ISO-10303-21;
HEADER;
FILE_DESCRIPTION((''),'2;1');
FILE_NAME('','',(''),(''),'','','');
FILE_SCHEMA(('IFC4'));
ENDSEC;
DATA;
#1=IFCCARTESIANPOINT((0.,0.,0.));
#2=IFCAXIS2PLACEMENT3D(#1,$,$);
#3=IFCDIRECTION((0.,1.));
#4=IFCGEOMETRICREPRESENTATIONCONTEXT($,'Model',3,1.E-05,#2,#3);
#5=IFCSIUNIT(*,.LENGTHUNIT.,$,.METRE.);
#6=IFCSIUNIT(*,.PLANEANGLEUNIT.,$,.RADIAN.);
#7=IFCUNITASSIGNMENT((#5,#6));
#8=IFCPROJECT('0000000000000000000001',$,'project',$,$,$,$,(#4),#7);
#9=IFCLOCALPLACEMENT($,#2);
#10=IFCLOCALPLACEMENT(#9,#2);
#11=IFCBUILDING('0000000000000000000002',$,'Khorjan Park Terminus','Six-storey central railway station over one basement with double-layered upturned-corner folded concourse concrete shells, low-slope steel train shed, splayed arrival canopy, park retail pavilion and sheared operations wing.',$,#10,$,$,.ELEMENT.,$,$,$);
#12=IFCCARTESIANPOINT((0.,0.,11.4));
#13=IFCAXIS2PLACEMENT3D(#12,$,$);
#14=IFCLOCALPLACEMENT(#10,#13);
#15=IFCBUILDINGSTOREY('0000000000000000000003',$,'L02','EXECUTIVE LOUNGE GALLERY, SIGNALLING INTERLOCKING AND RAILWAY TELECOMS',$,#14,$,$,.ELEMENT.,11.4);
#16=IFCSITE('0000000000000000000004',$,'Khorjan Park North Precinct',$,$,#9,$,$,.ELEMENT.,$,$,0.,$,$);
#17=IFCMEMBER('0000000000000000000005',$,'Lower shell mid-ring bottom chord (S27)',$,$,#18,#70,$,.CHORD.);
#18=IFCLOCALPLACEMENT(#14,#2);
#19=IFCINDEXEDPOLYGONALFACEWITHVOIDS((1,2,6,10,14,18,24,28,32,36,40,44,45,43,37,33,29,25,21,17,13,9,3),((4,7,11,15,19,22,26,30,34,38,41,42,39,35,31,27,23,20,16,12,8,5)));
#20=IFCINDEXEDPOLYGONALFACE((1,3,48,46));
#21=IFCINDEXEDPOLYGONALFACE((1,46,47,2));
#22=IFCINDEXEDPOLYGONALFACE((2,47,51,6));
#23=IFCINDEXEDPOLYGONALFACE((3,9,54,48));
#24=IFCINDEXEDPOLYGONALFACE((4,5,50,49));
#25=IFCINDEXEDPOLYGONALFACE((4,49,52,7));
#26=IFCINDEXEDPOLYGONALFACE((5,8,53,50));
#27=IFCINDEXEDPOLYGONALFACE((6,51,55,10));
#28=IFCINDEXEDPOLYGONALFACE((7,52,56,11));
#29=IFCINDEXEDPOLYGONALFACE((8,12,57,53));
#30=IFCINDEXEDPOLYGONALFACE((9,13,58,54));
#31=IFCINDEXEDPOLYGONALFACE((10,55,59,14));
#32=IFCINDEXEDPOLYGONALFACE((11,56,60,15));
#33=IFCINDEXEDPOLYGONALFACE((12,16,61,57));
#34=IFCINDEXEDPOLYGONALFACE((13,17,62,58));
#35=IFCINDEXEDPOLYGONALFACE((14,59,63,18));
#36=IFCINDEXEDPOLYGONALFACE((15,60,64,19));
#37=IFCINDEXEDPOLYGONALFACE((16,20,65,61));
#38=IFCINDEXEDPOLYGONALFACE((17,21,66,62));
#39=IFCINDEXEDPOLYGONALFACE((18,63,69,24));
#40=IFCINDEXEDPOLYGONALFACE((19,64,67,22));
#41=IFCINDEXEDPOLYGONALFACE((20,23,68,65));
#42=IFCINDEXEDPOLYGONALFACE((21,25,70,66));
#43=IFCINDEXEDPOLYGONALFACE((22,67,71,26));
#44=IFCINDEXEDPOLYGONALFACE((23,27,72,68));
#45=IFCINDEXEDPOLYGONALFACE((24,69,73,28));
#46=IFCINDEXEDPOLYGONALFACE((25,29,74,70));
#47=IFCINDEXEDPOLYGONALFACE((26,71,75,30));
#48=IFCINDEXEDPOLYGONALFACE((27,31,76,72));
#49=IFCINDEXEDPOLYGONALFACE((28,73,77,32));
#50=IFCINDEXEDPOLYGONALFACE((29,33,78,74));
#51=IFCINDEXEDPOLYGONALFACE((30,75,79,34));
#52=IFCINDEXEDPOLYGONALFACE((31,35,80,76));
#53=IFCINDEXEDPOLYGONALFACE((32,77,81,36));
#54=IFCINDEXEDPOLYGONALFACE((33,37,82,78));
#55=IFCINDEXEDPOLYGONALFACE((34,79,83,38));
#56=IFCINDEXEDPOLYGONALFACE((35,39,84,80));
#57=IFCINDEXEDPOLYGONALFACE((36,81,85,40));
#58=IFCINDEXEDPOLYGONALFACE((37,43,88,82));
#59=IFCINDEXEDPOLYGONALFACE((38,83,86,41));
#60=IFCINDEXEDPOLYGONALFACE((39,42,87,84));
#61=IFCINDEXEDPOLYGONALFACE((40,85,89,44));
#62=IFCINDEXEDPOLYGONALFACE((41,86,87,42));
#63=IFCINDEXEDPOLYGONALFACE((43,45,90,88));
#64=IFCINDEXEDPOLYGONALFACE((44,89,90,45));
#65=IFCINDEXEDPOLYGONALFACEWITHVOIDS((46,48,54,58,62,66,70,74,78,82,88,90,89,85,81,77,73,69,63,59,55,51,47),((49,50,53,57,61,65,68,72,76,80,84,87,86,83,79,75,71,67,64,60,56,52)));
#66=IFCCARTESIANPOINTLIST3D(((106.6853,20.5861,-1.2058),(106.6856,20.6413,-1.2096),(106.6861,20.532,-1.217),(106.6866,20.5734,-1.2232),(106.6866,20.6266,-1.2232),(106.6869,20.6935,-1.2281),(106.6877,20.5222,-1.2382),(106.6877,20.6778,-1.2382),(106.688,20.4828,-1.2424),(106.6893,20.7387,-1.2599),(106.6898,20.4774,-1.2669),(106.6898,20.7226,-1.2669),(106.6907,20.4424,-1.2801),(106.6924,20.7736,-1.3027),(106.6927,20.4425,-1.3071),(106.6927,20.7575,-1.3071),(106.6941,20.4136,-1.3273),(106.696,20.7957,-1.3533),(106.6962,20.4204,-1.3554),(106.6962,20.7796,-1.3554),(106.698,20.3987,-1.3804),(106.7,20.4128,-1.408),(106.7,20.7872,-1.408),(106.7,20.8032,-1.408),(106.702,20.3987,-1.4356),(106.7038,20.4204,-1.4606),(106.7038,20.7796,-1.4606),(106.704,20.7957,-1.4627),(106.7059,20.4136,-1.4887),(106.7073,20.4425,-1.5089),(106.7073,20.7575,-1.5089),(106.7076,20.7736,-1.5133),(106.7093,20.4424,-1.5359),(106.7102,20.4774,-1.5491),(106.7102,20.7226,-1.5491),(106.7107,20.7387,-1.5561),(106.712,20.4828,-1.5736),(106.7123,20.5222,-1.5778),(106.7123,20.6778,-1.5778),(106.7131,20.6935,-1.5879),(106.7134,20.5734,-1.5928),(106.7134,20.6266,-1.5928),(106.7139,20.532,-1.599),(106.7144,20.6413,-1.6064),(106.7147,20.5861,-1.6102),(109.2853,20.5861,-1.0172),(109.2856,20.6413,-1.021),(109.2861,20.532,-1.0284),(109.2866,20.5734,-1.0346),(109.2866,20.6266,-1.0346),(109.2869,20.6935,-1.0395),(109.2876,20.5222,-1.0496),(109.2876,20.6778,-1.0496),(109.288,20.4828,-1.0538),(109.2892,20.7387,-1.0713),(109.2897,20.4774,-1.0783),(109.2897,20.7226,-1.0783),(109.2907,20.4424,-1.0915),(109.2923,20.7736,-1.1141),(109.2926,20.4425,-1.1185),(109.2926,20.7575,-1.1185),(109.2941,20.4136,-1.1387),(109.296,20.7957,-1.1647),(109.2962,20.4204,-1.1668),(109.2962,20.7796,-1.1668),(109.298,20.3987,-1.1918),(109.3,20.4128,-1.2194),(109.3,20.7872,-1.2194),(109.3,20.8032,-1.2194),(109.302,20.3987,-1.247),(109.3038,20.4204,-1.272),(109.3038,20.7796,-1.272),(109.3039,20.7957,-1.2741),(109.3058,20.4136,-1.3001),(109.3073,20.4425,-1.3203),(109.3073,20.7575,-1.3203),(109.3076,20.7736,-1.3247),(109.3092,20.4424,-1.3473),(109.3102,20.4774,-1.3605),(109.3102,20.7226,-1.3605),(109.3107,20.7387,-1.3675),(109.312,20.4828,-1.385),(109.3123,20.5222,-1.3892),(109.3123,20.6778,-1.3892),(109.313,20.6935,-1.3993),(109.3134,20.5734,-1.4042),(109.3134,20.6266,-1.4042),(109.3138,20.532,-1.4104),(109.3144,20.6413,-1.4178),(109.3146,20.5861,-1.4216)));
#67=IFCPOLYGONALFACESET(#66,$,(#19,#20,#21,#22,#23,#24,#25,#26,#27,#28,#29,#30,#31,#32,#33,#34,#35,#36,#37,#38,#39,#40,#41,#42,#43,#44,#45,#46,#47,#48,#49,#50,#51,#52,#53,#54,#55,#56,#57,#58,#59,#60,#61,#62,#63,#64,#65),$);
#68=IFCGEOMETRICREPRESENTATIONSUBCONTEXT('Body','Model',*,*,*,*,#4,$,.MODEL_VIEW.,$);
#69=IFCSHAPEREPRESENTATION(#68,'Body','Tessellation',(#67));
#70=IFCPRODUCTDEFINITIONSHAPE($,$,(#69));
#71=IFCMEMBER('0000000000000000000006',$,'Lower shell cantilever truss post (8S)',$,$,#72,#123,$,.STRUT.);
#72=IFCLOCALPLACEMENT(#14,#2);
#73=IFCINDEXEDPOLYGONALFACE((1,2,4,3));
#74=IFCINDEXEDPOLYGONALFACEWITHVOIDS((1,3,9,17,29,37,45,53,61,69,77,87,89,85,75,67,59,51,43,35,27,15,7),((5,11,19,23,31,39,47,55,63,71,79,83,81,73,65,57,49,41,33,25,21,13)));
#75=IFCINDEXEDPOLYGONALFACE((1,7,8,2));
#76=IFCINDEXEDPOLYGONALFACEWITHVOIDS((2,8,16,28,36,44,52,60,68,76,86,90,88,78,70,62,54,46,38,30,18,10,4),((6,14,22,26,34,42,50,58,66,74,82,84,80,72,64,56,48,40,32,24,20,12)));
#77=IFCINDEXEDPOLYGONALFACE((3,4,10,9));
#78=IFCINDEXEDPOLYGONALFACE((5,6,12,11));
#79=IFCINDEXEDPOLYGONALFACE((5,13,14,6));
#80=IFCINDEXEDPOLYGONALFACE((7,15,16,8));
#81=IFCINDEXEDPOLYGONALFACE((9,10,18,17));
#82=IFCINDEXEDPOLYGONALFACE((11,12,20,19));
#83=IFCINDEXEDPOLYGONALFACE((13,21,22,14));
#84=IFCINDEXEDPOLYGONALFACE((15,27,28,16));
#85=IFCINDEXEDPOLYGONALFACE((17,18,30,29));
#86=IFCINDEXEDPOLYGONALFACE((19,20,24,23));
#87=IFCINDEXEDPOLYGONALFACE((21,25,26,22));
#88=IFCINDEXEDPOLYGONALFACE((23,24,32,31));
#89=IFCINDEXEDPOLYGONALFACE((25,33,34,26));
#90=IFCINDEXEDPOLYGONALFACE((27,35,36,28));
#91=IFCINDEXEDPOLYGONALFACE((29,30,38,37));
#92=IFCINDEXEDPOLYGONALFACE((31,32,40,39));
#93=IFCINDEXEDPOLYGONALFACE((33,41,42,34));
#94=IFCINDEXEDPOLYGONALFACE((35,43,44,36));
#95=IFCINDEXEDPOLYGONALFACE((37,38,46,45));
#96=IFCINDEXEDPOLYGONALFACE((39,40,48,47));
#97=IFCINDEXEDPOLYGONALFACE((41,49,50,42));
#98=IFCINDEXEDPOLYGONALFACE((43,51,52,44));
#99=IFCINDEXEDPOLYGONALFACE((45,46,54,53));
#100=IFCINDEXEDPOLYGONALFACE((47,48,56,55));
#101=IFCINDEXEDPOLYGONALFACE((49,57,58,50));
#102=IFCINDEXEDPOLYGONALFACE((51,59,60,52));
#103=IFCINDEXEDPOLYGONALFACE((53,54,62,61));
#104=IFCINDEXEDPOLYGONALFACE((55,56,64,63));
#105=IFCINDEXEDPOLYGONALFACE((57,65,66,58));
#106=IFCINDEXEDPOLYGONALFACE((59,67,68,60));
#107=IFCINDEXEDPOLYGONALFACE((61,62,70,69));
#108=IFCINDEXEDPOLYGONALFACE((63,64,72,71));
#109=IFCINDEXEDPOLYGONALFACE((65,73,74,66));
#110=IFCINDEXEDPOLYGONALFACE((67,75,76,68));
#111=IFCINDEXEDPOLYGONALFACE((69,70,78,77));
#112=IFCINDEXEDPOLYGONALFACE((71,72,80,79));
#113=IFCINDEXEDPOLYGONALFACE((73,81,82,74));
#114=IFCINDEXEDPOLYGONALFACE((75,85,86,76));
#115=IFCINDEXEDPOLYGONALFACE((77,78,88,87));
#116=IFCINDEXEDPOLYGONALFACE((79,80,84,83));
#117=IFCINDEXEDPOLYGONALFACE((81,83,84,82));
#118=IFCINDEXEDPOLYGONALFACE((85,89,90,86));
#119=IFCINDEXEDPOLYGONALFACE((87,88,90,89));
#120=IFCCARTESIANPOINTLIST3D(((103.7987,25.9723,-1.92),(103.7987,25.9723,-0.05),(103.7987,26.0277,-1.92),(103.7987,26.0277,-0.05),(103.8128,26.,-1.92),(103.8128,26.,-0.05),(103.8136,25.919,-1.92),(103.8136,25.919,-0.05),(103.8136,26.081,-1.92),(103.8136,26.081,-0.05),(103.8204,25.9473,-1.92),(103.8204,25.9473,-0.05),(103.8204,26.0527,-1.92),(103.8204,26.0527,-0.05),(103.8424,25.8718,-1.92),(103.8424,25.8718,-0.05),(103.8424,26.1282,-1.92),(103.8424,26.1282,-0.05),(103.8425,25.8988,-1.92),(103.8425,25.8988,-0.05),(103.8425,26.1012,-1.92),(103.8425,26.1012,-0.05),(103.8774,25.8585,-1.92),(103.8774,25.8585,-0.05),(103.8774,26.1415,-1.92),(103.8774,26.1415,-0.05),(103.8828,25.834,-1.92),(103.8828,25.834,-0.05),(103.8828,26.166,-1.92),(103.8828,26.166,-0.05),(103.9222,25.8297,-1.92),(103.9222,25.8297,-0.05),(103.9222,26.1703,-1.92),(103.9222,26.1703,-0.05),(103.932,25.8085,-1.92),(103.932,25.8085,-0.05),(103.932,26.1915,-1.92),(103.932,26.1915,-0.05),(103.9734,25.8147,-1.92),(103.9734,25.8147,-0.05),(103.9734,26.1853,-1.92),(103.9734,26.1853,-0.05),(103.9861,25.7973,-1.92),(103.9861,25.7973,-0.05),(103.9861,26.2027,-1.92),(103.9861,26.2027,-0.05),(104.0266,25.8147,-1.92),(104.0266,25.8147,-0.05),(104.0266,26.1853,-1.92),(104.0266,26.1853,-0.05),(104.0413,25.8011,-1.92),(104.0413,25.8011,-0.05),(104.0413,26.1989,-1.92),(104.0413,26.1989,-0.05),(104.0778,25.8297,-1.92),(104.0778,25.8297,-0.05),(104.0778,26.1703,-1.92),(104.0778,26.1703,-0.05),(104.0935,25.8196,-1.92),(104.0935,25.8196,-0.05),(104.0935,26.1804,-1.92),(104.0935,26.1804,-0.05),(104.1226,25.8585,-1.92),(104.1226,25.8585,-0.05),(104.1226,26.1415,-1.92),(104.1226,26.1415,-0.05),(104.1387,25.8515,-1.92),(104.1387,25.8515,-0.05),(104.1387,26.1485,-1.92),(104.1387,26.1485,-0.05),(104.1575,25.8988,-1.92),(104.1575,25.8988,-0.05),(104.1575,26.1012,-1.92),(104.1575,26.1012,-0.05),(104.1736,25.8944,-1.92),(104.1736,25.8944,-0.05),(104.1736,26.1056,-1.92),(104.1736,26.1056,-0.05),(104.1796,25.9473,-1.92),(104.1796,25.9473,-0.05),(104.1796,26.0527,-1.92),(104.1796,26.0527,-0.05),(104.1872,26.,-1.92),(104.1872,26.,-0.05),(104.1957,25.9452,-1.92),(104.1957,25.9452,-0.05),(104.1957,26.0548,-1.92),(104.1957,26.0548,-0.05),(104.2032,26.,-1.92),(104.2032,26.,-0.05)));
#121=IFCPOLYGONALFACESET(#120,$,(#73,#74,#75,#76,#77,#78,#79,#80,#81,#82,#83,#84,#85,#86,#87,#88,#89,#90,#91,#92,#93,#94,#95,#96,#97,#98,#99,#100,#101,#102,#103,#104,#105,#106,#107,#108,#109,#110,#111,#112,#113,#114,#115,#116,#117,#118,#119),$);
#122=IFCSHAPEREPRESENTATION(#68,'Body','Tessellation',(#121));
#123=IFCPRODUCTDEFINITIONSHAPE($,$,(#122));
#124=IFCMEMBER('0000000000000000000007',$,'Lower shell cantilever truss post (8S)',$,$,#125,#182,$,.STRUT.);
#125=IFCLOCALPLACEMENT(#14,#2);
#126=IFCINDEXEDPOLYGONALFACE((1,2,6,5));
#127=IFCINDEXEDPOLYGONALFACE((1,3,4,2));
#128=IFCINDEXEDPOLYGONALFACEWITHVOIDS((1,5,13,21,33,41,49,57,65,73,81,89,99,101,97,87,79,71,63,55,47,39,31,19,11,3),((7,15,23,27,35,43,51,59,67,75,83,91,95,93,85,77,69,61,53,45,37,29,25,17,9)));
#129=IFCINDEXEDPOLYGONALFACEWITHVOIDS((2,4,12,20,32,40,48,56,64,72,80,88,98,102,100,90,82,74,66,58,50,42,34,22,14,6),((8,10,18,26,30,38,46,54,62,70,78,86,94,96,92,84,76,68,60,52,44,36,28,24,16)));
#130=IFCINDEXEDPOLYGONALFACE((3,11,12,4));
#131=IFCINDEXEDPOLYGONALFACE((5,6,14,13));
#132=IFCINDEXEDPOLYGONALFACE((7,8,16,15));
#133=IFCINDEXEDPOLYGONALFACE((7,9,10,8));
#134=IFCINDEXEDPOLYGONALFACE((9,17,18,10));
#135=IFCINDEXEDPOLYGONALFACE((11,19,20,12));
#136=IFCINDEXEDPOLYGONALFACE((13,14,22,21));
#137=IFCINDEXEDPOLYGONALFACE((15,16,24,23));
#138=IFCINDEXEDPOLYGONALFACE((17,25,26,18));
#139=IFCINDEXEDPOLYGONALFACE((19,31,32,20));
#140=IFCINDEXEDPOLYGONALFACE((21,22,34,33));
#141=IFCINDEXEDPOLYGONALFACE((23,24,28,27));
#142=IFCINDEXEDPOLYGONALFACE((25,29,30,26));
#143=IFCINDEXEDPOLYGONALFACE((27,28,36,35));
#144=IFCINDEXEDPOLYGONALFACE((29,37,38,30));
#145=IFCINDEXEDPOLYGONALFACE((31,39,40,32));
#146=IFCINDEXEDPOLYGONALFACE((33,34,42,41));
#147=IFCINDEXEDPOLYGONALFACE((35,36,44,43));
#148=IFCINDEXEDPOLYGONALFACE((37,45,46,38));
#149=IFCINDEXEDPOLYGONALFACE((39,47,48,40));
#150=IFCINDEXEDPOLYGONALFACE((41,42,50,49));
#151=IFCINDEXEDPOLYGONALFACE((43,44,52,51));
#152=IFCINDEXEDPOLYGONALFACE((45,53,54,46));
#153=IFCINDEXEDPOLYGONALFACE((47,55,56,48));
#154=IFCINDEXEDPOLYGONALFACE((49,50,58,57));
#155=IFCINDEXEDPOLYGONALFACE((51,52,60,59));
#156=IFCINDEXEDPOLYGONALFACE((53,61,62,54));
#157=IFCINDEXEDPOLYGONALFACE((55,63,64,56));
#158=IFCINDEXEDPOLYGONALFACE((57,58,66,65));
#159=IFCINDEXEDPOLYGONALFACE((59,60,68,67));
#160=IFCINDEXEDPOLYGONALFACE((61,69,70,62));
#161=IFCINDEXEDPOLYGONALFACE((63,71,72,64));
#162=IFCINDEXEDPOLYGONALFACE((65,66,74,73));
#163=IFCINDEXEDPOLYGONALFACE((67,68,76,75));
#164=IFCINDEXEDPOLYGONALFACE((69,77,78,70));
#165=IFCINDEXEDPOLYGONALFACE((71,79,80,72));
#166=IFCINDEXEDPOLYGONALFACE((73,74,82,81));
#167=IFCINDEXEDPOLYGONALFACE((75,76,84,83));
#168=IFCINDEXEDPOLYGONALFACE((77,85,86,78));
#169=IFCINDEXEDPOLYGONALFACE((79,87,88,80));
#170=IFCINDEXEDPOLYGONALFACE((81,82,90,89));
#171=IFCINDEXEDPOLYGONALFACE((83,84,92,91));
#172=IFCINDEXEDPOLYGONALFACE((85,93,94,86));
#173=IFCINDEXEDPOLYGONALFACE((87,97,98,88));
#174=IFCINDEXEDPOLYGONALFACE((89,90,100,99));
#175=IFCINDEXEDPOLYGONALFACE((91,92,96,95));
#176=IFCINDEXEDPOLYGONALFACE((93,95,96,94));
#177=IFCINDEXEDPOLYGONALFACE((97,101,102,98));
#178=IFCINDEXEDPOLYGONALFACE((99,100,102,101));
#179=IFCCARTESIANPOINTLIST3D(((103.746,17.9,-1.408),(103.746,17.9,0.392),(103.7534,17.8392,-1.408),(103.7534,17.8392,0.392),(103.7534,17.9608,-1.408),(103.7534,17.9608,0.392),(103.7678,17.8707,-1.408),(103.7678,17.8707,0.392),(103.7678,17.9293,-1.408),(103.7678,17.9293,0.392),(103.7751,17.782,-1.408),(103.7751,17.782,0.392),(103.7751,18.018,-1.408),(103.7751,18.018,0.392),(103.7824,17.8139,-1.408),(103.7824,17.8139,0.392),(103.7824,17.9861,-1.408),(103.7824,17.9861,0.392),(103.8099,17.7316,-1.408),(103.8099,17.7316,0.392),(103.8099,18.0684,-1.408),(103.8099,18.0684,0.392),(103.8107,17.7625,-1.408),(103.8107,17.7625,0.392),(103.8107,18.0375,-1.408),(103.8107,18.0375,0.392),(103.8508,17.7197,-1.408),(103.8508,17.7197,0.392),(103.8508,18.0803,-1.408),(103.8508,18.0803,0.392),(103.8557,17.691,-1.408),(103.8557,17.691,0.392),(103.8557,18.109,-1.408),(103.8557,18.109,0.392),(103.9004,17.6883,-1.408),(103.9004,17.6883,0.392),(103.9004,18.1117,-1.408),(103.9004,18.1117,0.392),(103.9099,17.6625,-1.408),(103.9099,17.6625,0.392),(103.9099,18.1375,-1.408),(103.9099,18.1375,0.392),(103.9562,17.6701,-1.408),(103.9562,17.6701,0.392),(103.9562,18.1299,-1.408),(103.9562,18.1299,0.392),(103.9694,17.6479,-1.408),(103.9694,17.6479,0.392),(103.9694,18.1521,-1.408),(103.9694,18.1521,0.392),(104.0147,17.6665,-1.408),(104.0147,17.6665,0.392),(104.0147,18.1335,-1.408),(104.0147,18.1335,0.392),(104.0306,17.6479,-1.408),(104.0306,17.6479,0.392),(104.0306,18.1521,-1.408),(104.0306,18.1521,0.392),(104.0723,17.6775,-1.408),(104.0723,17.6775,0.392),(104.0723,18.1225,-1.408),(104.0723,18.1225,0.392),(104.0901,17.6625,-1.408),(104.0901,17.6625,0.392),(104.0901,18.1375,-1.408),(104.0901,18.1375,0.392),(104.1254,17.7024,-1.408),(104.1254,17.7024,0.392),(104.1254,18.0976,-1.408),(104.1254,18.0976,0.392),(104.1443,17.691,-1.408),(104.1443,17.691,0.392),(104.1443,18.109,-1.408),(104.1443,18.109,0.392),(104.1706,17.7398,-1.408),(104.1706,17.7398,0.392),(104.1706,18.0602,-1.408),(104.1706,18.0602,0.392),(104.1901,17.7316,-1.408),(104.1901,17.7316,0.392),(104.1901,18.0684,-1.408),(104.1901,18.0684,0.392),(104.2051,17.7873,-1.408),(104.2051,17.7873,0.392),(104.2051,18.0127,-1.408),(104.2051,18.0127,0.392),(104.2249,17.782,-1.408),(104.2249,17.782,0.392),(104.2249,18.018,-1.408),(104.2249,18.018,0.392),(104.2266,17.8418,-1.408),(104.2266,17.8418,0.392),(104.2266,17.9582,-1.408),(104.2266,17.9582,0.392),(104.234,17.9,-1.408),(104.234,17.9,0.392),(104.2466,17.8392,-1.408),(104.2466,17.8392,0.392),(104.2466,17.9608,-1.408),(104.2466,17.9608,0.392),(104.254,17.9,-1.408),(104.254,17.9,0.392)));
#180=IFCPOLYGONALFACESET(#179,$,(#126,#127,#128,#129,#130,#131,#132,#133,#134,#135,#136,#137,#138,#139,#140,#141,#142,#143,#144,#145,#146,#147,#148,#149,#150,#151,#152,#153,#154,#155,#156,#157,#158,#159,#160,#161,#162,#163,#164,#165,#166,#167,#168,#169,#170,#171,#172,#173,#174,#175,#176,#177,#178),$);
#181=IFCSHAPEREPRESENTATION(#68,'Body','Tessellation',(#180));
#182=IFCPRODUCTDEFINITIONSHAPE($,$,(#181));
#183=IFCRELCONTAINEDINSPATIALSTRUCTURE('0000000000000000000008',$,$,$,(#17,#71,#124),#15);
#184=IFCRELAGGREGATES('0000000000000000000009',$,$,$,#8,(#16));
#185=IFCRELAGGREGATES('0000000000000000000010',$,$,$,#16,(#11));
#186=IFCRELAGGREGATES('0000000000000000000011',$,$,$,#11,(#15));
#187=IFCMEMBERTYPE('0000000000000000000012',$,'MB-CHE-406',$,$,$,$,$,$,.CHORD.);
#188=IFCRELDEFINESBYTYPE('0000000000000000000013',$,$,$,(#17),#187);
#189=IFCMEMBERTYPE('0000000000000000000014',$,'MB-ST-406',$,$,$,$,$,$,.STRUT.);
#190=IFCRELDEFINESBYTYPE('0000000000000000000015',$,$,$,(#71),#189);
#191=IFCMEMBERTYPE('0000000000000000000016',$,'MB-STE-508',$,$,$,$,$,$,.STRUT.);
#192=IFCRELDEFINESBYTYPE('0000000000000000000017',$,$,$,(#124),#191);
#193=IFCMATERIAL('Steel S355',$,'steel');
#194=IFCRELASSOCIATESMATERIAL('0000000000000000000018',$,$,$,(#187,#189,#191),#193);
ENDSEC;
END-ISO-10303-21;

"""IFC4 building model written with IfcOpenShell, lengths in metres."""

from ifc_helpers import new_model, si_unit, direction, frame, origin, origin_2d, place, context, subcontext, project, spatial, hollow_circle, extrude, material, material_profile, profile_set, type_object, element, save


model = new_model("IFC4")

# Units and contexts
model_context = context("Model", 3, precision=1e-05, world=origin(), true_north=direction((0.0, 1.0)))
body_context = subcontext(model_context, "Body", "Model", "MODEL_VIEW")
ifc_project = project(units=[si_unit("LENGTHUNIT", "METRE"), si_unit("PLANEANGLEUNIT", "RADIAN")], contexts=[model_context])

# Site, building, storey
site_placement = place(None, origin())
site = spatial("IfcSite", under=ifc_project, at=site_placement, Name="Khorjan Park North Precinct", CompositionType="ELEMENT", RefElevation=0.0)
building_placement = place(site_placement, origin())
building = spatial("IfcBuilding", under=site, at=building_placement, Name="Khorjan Park Terminus", Description="Six-storey central railway station over one basement with double-layered upturned-corner folded concourse concrete shells, low-slope steel train shed, splayed arrival canopy, park retail pavilion and sheared operations wing.", CompositionType="ELEMENT")
storey_placement = place(building_placement, frame((0.0, 0.0, 11.4)))
storey = spatial("IfcBuildingStorey", under=building, at=storey_placement, Name="L02", Description="EXECUTIVE LOUNGE GALLERY, SIGNALLING INTERLOCKING AND RAILWAY TELECOMS", CompositionType="ELEMENT", Elevation=11.4)

# Members
ifc_material_1 = material(Name="Steel S355", Category="steel")
ifc_material_profile_1 = material_profile(ifc_material_1, hollow_circle(Radius=0.2032, WallThickness=0.016, at=origin_2d()), Name="CHS 406.4x16")
ifc_profile_set_1 = profile_set([ifc_material_profile_1], Name="Steel S355")
member_type_1 = type_object("IfcMemberType", Name="MB-CHE-406", PredefinedType="CHORD", material=ifc_profile_set_1)
for number, where, z_axis, x_axis, name in (
    (1, (106.7, 20.6, -1.408), (0.997379, 0.0, 0.072348), (0.0, 1.0, 0.0), "Lower shell mid-ring bottom chord (S27)"),
):
    element("IfcMember", number, at=place(storey_placement, frame(where, z_axis=z_axis, x_axis=x_axis)), inside=storey, type_object=member_type_1, Name=name, PredefinedType="CHORD", context=body_context, shape_type="SweptSolid", body=[
        extrude(hollow_circle(Radius=0.2032, WallThickness=0.016, at=origin_2d()), origin(), (0.0, 0.0, 1.0), 2.6068),
    ])
ifc_material_profile_2 = material_profile(ifc_material_1, hollow_circle(Radius=0.2032, WallThickness=0.016, at=origin_2d()), Name="CHS 406.4x16")
ifc_profile_set_2 = profile_set([ifc_material_profile_2], Name="Steel S355")
member_type_2 = type_object("IfcMemberType", Name="MB-ST-406", PredefinedType="STRUT", material=ifc_profile_set_2)
member_1_placement = place(storey_placement, frame((104.0, 26.0, -1.92), z_axis=(0.0, 0.0, 1.0), x_axis=(1.0, 0.0, 0.0)))
element("IfcMember", 2, at=member_1_placement, inside=storey, type_object=member_type_2, Name="Lower shell cantilever truss post (8S)", PredefinedType="STRUT", context=body_context, shape_type="SweptSolid", body=[
    extrude(hollow_circle(Radius=0.2032, WallThickness=0.016, at=origin_2d()), origin(), (0.0, 0.0, 1.0), 1.87),
])
ifc_material_profile_3 = material_profile(ifc_material_1, hollow_circle(Radius=0.254, WallThickness=0.02, at=origin_2d()), Name="CHS 508x20")
ifc_profile_set_3 = profile_set([ifc_material_profile_3], Name="Steel S355")
member_type_3 = type_object("IfcMemberType", Name="MB-STE-508", PredefinedType="STRUT", material=ifc_profile_set_3)
for number, where, z_axis, x_axis, name in (
    (3, (104.0, 17.9, -1.408), (0.0, 0.0, 1.0), (1.0, 0.0, 0.0), "Lower shell cantilever truss post (8S)"),
):
    element("IfcMember", number, at=place(storey_placement, frame(where, z_axis=z_axis, x_axis=x_axis)), inside=storey, type_object=member_type_3, Name=name, PredefinedType="STRUT", context=body_context, shape_type="SweptSolid", body=[
        extrude(hollow_circle(Radius=0.254, WallThickness=0.02, at=origin_2d()), origin(), (0.0, 0.0, 1.0), 1.8),
    ])

save(model, "model.ifc")
